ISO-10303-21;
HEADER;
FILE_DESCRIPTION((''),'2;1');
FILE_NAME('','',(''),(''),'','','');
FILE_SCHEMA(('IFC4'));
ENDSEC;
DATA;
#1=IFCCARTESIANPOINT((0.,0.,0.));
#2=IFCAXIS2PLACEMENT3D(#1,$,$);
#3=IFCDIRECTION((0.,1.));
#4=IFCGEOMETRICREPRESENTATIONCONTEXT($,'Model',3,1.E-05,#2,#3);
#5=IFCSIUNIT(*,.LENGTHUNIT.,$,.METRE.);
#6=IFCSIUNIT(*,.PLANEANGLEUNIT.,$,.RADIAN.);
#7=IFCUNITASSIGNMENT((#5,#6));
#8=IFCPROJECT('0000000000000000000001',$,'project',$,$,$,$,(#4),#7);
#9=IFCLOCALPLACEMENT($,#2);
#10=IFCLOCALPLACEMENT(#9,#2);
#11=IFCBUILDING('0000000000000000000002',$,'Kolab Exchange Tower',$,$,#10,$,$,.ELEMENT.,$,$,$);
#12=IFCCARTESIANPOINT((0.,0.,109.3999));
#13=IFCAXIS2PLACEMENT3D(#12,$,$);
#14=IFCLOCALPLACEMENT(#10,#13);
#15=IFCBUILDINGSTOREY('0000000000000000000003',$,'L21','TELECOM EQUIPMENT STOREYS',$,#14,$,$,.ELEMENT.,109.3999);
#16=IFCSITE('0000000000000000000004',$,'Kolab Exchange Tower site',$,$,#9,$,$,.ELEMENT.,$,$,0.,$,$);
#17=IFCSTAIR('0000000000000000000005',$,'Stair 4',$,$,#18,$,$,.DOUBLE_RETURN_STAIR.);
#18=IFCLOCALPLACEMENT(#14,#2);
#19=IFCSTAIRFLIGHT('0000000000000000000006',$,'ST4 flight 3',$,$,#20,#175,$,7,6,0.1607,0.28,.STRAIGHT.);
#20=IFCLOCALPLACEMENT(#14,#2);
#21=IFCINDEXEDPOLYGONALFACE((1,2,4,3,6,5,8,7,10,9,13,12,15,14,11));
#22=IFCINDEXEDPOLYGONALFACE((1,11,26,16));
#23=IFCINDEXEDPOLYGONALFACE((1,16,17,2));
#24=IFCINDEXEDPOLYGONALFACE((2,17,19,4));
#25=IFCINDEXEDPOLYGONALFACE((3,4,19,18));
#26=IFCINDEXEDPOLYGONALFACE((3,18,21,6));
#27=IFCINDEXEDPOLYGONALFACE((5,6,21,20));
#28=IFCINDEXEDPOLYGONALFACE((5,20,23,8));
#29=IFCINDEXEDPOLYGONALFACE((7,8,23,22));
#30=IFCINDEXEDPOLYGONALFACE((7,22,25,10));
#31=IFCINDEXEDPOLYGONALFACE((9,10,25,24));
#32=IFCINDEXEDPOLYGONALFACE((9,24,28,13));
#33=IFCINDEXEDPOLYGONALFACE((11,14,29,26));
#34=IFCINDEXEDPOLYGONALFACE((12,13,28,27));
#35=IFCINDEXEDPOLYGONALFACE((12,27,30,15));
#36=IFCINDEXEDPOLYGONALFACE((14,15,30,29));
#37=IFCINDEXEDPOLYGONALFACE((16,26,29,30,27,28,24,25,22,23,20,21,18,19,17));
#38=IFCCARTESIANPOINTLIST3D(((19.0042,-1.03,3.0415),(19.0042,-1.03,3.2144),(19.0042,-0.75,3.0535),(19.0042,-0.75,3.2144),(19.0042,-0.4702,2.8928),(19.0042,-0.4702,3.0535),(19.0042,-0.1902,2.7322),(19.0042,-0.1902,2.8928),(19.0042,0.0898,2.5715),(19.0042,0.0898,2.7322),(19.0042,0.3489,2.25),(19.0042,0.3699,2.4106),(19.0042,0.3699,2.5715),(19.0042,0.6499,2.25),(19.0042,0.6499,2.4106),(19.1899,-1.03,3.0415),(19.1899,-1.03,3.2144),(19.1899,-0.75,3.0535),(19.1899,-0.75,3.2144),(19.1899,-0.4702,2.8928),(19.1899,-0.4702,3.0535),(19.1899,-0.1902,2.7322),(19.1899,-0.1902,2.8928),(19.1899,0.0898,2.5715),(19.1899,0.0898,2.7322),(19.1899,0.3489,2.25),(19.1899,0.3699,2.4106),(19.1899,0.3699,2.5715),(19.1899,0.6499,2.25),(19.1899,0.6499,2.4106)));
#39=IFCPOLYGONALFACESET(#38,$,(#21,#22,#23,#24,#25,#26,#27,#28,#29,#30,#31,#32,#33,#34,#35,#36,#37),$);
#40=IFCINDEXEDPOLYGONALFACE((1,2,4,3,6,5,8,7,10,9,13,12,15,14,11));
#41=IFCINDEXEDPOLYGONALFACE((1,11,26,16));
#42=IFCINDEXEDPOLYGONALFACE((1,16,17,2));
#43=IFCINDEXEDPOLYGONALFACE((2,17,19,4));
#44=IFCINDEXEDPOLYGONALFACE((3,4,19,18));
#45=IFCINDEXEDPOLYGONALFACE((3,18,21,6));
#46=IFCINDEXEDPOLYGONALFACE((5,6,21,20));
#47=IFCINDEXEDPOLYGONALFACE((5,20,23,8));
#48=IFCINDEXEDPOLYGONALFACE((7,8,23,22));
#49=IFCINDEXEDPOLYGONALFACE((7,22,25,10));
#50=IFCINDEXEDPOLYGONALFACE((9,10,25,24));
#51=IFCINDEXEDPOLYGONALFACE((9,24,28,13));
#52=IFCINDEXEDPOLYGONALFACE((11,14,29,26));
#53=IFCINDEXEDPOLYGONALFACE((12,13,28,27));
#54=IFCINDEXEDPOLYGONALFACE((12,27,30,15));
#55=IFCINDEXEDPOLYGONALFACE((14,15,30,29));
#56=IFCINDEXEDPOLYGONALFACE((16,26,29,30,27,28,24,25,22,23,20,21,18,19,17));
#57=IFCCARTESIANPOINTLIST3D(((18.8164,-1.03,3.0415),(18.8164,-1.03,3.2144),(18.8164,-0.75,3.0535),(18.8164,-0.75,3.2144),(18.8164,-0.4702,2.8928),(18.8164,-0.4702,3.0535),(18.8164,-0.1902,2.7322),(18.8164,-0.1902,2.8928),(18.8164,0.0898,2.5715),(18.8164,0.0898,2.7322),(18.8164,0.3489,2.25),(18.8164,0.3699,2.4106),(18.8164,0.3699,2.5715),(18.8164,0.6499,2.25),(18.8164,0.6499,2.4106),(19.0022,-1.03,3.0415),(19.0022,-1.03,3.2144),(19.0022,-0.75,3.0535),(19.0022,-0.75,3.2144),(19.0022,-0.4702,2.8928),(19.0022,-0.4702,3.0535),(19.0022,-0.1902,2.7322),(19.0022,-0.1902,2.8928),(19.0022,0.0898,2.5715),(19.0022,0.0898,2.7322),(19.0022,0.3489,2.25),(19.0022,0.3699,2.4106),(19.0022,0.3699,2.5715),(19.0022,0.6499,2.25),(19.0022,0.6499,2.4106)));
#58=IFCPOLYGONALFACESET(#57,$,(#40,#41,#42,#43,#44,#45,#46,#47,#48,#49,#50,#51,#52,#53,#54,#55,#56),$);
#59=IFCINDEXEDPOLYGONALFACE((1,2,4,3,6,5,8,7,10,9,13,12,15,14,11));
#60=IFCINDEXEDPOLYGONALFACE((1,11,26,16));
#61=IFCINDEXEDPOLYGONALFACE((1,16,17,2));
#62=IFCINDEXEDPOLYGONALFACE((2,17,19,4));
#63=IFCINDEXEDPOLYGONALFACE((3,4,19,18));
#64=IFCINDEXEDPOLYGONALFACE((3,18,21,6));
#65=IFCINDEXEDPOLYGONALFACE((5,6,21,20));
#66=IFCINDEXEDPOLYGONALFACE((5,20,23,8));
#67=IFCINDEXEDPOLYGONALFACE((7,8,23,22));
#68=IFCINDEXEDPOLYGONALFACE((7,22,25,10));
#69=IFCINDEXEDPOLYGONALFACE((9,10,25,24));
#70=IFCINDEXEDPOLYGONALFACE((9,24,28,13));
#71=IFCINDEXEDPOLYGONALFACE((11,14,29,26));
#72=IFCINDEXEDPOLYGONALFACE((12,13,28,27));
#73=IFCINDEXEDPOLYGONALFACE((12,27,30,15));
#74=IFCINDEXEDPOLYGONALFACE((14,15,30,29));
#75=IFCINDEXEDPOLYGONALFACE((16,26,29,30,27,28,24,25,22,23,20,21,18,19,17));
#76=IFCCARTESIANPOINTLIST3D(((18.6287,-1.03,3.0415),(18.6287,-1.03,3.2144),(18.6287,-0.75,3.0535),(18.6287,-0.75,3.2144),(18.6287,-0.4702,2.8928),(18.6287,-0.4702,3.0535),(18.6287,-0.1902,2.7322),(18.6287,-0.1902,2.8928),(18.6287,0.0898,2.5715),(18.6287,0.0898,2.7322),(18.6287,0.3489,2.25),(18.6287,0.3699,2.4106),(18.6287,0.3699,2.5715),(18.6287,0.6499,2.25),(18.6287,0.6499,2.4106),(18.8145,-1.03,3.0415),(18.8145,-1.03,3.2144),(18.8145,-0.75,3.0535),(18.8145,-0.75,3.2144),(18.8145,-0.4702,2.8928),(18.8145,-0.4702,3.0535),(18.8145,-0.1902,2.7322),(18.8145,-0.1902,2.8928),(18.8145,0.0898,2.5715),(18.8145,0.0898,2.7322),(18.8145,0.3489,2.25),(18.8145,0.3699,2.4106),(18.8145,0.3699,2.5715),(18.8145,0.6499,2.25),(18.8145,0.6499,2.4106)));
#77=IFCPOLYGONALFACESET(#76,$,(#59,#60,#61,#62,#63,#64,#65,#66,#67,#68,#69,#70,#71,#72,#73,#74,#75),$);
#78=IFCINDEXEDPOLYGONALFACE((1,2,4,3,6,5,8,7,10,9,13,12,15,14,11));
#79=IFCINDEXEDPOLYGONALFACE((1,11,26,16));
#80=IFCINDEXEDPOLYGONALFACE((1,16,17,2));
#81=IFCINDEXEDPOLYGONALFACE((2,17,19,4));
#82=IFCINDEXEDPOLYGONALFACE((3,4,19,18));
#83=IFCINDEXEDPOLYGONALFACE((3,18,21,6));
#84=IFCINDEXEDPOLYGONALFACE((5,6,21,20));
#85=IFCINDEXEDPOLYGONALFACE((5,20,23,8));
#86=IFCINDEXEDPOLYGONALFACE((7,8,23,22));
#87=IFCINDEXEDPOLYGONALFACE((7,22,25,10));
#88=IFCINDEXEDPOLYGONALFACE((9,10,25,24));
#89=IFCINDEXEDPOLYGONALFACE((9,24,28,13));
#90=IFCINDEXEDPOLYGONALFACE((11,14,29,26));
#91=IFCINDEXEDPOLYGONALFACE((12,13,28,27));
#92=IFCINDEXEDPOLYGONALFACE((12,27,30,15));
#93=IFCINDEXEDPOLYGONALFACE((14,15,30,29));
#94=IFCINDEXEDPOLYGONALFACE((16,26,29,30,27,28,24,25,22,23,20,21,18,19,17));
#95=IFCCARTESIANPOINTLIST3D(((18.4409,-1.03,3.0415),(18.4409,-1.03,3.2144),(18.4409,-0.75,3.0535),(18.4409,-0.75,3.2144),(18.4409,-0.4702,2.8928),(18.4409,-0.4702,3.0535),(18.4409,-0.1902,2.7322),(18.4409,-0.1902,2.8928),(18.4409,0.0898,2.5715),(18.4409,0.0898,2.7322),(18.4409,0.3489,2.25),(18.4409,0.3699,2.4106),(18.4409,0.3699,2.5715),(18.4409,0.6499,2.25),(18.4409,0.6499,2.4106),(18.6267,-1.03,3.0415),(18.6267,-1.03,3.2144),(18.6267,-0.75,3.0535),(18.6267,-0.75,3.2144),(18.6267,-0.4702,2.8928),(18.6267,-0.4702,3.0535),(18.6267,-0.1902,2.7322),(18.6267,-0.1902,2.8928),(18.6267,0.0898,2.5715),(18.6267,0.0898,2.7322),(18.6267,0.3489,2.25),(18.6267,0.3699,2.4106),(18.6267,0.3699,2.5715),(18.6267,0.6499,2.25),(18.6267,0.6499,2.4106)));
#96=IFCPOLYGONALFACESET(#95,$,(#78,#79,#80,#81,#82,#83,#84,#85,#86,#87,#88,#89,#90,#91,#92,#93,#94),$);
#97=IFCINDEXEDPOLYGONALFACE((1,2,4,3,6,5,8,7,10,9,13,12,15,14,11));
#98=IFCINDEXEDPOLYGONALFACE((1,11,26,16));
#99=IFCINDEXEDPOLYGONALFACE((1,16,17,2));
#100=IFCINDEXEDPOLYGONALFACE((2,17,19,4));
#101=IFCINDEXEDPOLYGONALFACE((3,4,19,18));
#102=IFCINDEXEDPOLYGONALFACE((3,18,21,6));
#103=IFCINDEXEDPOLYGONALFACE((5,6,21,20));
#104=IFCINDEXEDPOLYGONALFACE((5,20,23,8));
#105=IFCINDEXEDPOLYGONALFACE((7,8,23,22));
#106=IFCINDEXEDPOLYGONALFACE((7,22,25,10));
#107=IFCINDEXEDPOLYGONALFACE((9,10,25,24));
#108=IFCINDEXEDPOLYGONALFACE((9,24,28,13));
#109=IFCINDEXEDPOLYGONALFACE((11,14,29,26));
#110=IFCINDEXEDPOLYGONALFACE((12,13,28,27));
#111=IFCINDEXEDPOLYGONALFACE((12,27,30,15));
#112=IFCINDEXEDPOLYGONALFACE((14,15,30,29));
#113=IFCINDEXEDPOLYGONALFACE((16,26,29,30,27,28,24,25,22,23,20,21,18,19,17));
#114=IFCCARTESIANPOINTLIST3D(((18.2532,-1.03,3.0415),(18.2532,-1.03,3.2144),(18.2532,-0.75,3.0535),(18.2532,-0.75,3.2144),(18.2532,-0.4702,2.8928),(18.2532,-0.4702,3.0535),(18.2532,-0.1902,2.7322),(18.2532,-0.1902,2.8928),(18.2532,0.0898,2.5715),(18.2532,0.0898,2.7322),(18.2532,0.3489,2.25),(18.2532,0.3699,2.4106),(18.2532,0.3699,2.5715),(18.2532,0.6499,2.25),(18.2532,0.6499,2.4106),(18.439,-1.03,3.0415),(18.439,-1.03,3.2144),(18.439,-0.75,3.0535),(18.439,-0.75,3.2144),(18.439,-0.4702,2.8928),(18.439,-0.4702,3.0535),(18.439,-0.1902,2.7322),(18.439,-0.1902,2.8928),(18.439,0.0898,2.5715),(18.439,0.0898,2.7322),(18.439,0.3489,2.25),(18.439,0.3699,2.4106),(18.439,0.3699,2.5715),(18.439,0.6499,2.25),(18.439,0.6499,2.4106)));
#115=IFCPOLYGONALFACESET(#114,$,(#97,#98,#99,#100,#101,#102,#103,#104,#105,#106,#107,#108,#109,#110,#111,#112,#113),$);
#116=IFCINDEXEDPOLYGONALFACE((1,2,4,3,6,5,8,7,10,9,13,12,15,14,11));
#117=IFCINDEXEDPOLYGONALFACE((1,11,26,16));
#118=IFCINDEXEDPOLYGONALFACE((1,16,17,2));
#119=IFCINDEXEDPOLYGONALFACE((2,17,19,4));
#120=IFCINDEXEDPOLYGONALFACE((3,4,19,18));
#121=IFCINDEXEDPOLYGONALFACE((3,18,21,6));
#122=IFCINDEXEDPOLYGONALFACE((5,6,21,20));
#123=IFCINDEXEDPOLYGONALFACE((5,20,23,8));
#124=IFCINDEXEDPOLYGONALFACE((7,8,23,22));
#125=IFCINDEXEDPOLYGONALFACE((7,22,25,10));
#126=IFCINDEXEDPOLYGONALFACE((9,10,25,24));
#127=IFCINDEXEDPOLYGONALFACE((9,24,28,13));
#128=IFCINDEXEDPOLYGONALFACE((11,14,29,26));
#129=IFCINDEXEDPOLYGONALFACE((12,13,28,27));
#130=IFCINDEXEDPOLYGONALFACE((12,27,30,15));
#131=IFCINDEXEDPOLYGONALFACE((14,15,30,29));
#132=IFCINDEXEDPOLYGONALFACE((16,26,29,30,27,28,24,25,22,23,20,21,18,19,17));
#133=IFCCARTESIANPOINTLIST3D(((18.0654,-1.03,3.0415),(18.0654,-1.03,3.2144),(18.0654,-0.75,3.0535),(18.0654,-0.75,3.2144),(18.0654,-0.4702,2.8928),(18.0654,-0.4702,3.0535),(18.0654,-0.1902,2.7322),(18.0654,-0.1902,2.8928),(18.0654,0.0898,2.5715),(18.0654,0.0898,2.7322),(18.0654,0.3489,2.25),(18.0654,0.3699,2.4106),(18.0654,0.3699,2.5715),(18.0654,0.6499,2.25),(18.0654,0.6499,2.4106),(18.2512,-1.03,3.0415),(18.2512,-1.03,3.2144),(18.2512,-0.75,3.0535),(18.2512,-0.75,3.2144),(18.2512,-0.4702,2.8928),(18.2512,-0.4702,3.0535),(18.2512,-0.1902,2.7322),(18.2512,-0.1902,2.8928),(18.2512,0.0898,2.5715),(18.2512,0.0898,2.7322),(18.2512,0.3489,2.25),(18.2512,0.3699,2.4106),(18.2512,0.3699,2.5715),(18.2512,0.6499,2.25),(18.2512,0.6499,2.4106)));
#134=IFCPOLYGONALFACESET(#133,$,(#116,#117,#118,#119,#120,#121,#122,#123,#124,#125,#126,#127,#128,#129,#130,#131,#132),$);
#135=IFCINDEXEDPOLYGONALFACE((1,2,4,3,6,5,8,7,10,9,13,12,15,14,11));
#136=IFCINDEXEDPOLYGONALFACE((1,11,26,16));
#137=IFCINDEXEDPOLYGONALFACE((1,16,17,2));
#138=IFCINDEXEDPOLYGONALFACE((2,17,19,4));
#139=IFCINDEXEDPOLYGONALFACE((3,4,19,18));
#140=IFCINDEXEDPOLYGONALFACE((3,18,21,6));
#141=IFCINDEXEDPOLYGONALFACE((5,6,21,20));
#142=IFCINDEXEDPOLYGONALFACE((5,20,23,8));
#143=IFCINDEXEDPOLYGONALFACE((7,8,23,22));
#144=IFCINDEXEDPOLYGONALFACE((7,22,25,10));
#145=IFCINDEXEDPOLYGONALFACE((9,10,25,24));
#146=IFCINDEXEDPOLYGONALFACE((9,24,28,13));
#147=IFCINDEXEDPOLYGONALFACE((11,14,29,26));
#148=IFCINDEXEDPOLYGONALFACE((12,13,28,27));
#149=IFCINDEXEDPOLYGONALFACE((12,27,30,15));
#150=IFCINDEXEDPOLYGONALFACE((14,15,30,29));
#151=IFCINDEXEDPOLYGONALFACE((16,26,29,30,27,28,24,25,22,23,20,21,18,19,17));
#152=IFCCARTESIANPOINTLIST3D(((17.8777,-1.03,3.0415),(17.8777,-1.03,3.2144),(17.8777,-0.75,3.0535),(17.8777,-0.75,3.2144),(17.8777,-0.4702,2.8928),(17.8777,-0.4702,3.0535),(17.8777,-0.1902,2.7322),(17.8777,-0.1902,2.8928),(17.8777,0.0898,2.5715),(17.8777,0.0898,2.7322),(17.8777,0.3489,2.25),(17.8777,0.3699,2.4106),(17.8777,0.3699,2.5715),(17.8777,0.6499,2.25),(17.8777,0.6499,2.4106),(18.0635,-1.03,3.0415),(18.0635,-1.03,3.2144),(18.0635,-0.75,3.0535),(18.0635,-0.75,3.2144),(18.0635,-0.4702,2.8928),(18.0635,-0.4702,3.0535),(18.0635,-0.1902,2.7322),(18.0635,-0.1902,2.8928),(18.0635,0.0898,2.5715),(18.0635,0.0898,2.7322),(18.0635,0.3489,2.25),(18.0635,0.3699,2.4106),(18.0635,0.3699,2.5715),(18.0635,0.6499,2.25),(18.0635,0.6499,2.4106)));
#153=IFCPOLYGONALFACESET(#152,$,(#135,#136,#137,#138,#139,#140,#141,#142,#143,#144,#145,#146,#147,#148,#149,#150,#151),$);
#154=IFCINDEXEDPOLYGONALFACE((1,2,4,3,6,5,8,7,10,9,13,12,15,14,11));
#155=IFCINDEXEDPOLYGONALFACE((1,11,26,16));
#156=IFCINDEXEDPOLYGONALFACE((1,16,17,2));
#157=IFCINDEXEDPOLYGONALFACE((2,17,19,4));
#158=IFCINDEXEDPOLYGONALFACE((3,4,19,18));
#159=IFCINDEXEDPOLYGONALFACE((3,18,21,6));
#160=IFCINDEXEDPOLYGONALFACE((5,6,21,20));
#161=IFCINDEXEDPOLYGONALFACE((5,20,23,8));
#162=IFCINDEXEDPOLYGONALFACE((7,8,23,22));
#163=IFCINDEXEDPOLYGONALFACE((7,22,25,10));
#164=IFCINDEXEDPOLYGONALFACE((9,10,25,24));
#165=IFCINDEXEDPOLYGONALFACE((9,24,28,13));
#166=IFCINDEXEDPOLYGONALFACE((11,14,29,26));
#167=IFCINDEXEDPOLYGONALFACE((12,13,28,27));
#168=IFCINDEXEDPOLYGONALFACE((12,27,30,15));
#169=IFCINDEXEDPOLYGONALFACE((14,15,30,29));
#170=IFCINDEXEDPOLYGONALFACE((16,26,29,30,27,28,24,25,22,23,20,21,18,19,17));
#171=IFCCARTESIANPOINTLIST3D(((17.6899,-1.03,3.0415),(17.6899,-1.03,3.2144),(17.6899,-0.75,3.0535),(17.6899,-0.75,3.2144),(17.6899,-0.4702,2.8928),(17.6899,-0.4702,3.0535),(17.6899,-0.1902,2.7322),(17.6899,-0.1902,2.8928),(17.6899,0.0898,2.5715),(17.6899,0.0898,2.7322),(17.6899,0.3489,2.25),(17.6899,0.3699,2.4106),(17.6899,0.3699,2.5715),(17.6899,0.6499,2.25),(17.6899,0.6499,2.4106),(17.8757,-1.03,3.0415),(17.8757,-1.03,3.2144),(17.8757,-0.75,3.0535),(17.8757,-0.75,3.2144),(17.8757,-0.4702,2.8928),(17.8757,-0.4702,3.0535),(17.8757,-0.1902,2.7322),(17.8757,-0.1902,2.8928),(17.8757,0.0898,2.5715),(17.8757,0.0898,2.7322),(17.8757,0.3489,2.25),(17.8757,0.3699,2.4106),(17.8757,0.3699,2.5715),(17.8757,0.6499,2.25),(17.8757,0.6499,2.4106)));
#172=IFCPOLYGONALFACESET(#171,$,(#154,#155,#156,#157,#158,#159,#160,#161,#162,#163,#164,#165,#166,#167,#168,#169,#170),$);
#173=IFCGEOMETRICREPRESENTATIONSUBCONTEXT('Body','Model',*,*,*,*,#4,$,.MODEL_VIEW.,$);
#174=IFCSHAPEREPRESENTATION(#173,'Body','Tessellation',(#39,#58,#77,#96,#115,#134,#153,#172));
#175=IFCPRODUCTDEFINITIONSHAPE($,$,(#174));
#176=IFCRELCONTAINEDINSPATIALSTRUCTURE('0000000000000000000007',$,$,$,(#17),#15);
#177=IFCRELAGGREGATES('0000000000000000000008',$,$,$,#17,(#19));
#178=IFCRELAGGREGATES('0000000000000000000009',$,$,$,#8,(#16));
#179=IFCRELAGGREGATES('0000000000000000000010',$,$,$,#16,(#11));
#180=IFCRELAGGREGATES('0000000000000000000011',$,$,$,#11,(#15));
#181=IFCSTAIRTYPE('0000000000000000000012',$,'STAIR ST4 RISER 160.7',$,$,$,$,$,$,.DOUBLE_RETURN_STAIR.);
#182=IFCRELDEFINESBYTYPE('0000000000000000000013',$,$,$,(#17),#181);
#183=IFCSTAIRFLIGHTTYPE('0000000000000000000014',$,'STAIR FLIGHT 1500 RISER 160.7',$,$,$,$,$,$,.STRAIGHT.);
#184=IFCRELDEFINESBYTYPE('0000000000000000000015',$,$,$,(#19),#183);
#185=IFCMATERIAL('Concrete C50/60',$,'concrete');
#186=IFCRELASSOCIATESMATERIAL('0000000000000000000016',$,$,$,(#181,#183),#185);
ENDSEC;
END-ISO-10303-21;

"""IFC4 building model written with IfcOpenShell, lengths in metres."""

from ifc_helpers import new_model, si_unit, direction, frame, origin, place, context, subcontext, project, spatial, polyline, outline, extrude, material, type_object, element, aggregate, save


model = new_model("IFC4")

# Units and contexts
model_context = context("Model", 3, precision=1e-05, world=origin(), true_north=direction((0.0, 1.0)))
body_context = subcontext(model_context, "Body", "Model", "MODEL_VIEW")
ifc_project = project(units=[si_unit("LENGTHUNIT", "METRE"), si_unit("PLANEANGLEUNIT", "RADIAN")], contexts=[model_context])

# Site, building, storey
site_placement = place(None, origin())
site = spatial("IfcSite", under=ifc_project, at=site_placement, Name="Kolab Exchange Tower site", CompositionType="ELEMENT", RefElevation=0.0)
building_placement = place(site_placement, origin())
building = spatial("IfcBuilding", under=site, at=building_placement, Name="Kolab Exchange Tower", CompositionType="ELEMENT")
storey_placement = place(building_placement, frame((0.0, 0.0, 109.3999)))
storey = spatial("IfcBuildingStorey", under=building, at=storey_placement, Name="L21", Description="TELECOM EQUIPMENT STOREYS", CompositionType="ELEMENT", Elevation=109.3999)

# Shared definitions
ifc_material_1 = material(Name="Concrete C50/60", Category="concrete")

# Stair, stair flight
stair_type = type_object("IfcStairType", Name="STAIR ST4 RISER 160.7", PredefinedType="DOUBLE_RETURN_STAIR", material=ifc_material_1)
stair_placement = place(storey_placement, origin())
stair = element("IfcStair", 1, at=stair_placement, inside=storey, type_object=stair_type, Name="Stair 4", PredefinedType="DOUBLE_RETURN_STAIR")
stair_flight_type = type_object("IfcStairFlightType", Name="STAIR FLIGHT 1500 RISER 160.7", PredefinedType="STRAIGHT", material=ifc_material_1)
stair_flight_1_placement = place(storey_placement, frame((18.4399, 0.6499, 2.25), z_axis=(0.0, 0.0, 1.0), x_axis=(0.0, -1.0, 0.0)))
stair_flight_1 = element("IfcStairFlight", 2, at=stair_flight_1_placement, type_object=stair_flight_type, Name="ST4 flight 3", NumberOfRisers=7, NumberOfTreads=6, PredefinedType="STRAIGHT", RiserHeight=0.1607, TreadLength=0.28, context=body_context, shape_type="SweptSolid", body=[
    extrude(outline(polyline([(0.0, 0.0), (0.0, 0.1606), (0.28, 0.1606), (0.28, 0.3215), (0.5601, 0.3215), (0.5601, 0.4822), (0.8401, 0.4822), (0.8401, 0.6428), (1.1201, 0.6428), (1.1201, 0.8035), (1.3999, 0.8035), (1.3999, 0.9644), (1.6799, 0.9644), (1.6799, 1.125), (1.6799, 0.7915), (0.301, 0.0), (0.0, 0.0)])), frame((0.0, 0.75, 0.0), z_axis=(0.0, -1.0, 0.0), x_axis=(1.0, 0.0, 0.0)), (0.0, 0.0, 1.0), 0.1858),
    extrude(outline(polyline([(0.0, 0.0), (0.0, 0.1606), (0.28, 0.1606), (0.28, 0.3215), (0.5601, 0.3215), (0.5601, 0.4822), (0.8401, 0.4822), (0.8401, 0.6428), (1.1201, 0.6428), (1.1201, 0.8035), (1.3999, 0.8035), (1.3999, 0.9644), (1.6799, 0.9644), (1.6799, 1.125), (1.6799, 0.7915), (0.301, 0.0), (0.0, 0.0)])), frame((0.0, 0.5623, 0.0), z_axis=(0.0, -1.0, 0.0), x_axis=(1.0, 0.0, 0.0)), (0.0, 0.0, 1.0), 0.1858),
    extrude(outline(polyline([(0.0, 0.0), (0.0, 0.1606), (0.28, 0.1606), (0.28, 0.3215), (0.5601, 0.3215), (0.5601, 0.4822), (0.8401, 0.4822), (0.8401, 0.6428), (1.1201, 0.6428), (1.1201, 0.8035), (1.3999, 0.8035), (1.3999, 0.9644), (1.6799, 0.9644), (1.6799, 1.125), (1.6799, 0.7915), (0.301, 0.0), (0.0, 0.0)])), frame((0.0, 0.3745, 0.0), z_axis=(0.0, -1.0, 0.0), x_axis=(1.0, 0.0, 0.0)), (0.0, 0.0, 1.0), 0.1858),
    extrude(outline(polyline([(0.0, 0.0), (0.0, 0.1606), (0.28, 0.1606), (0.28, 0.3215), (0.5601, 0.3215), (0.5601, 0.4822), (0.8401, 0.4822), (0.8401, 0.6428), (1.1201, 0.6428), (1.1201, 0.8035), (1.3999, 0.8035), (1.3999, 0.9644), (1.6799, 0.9644), (1.6799, 1.125), (1.6799, 0.7915), (0.301, 0.0), (0.0, 0.0)])), frame((0.0, 0.1868, 0.0), z_axis=(0.0, -1.0, 0.0), x_axis=(1.0, 0.0, 0.0)), (0.0, 0.0, 1.0), 0.1858),
    extrude(outline(polyline([(0.0, 0.0), (0.0, 0.1606), (0.28, 0.1606), (0.28, 0.3215), (0.5601, 0.3215), (0.5601, 0.4822), (0.8401, 0.4822), (0.8401, 0.6428), (1.1201, 0.6428), (1.1201, 0.8035), (1.3999, 0.8035), (1.3999, 0.9644), (1.6799, 0.9644), (1.6799, 1.125), (1.6799, 0.7915), (0.301, 0.0), (0.0, 0.0)])), frame((0.0, -0.001, 0.0), z_axis=(0.0, -1.0, 0.0), x_axis=(1.0, 0.0, 0.0)), (0.0, 0.0, 1.0), 0.1858),
    extrude(outline(polyline([(0.0, 0.0), (0.0, 0.1606), (0.28, 0.1606), (0.28, 0.3215), (0.5601, 0.3215), (0.5601, 0.4822), (0.8401, 0.4822), (0.8401, 0.6428), (1.1201, 0.6428), (1.1201, 0.8035), (1.3999, 0.8035), (1.3999, 0.9644), (1.6799, 0.9644), (1.6799, 1.125), (1.6799, 0.7915), (0.301, 0.0), (0.0, 0.0)])), frame((0.0, -0.1887, 0.0), z_axis=(0.0, -1.0, 0.0), x_axis=(1.0, 0.0, 0.0)), (0.0, 0.0, 1.0), 0.1858),
    extrude(outline(polyline([(0.0, 0.0), (0.0, 0.1606), (0.28, 0.1606), (0.28, 0.3215), (0.5601, 0.3215), (0.5601, 0.4822), (0.8401, 0.4822), (0.8401, 0.6428), (1.1201, 0.6428), (1.1201, 0.8035), (1.3999, 0.8035), (1.3999, 0.9644), (1.6799, 0.9644), (1.6799, 1.125), (1.6799, 0.7915), (0.301, 0.0), (0.0, 0.0)])), frame((0.0, -0.3765, 0.0), z_axis=(0.0, -1.0, 0.0), x_axis=(1.0, 0.0, 0.0)), (0.0, 0.0, 1.0), 0.1858),
    extrude(outline(polyline([(0.0, 0.0), (0.0, 0.1606), (0.28, 0.1606), (0.28, 0.3215), (0.5601, 0.3215), (0.5601, 0.4822), (0.8401, 0.4822), (0.8401, 0.6428), (1.1201, 0.6428), (1.1201, 0.8035), (1.3999, 0.8035), (1.3999, 0.9644), (1.6799, 0.9644), (1.6799, 1.125), (1.6799, 0.7915), (0.301, 0.0), (0.0, 0.0)])), frame((0.0, -0.5642, 0.0), z_axis=(0.0, -1.0, 0.0), x_axis=(1.0, 0.0, 0.0)), (0.0, 0.0, 1.0), 0.1858),
])
aggregate(stair, [stair_flight_1])

save(model, "model.ifc")
